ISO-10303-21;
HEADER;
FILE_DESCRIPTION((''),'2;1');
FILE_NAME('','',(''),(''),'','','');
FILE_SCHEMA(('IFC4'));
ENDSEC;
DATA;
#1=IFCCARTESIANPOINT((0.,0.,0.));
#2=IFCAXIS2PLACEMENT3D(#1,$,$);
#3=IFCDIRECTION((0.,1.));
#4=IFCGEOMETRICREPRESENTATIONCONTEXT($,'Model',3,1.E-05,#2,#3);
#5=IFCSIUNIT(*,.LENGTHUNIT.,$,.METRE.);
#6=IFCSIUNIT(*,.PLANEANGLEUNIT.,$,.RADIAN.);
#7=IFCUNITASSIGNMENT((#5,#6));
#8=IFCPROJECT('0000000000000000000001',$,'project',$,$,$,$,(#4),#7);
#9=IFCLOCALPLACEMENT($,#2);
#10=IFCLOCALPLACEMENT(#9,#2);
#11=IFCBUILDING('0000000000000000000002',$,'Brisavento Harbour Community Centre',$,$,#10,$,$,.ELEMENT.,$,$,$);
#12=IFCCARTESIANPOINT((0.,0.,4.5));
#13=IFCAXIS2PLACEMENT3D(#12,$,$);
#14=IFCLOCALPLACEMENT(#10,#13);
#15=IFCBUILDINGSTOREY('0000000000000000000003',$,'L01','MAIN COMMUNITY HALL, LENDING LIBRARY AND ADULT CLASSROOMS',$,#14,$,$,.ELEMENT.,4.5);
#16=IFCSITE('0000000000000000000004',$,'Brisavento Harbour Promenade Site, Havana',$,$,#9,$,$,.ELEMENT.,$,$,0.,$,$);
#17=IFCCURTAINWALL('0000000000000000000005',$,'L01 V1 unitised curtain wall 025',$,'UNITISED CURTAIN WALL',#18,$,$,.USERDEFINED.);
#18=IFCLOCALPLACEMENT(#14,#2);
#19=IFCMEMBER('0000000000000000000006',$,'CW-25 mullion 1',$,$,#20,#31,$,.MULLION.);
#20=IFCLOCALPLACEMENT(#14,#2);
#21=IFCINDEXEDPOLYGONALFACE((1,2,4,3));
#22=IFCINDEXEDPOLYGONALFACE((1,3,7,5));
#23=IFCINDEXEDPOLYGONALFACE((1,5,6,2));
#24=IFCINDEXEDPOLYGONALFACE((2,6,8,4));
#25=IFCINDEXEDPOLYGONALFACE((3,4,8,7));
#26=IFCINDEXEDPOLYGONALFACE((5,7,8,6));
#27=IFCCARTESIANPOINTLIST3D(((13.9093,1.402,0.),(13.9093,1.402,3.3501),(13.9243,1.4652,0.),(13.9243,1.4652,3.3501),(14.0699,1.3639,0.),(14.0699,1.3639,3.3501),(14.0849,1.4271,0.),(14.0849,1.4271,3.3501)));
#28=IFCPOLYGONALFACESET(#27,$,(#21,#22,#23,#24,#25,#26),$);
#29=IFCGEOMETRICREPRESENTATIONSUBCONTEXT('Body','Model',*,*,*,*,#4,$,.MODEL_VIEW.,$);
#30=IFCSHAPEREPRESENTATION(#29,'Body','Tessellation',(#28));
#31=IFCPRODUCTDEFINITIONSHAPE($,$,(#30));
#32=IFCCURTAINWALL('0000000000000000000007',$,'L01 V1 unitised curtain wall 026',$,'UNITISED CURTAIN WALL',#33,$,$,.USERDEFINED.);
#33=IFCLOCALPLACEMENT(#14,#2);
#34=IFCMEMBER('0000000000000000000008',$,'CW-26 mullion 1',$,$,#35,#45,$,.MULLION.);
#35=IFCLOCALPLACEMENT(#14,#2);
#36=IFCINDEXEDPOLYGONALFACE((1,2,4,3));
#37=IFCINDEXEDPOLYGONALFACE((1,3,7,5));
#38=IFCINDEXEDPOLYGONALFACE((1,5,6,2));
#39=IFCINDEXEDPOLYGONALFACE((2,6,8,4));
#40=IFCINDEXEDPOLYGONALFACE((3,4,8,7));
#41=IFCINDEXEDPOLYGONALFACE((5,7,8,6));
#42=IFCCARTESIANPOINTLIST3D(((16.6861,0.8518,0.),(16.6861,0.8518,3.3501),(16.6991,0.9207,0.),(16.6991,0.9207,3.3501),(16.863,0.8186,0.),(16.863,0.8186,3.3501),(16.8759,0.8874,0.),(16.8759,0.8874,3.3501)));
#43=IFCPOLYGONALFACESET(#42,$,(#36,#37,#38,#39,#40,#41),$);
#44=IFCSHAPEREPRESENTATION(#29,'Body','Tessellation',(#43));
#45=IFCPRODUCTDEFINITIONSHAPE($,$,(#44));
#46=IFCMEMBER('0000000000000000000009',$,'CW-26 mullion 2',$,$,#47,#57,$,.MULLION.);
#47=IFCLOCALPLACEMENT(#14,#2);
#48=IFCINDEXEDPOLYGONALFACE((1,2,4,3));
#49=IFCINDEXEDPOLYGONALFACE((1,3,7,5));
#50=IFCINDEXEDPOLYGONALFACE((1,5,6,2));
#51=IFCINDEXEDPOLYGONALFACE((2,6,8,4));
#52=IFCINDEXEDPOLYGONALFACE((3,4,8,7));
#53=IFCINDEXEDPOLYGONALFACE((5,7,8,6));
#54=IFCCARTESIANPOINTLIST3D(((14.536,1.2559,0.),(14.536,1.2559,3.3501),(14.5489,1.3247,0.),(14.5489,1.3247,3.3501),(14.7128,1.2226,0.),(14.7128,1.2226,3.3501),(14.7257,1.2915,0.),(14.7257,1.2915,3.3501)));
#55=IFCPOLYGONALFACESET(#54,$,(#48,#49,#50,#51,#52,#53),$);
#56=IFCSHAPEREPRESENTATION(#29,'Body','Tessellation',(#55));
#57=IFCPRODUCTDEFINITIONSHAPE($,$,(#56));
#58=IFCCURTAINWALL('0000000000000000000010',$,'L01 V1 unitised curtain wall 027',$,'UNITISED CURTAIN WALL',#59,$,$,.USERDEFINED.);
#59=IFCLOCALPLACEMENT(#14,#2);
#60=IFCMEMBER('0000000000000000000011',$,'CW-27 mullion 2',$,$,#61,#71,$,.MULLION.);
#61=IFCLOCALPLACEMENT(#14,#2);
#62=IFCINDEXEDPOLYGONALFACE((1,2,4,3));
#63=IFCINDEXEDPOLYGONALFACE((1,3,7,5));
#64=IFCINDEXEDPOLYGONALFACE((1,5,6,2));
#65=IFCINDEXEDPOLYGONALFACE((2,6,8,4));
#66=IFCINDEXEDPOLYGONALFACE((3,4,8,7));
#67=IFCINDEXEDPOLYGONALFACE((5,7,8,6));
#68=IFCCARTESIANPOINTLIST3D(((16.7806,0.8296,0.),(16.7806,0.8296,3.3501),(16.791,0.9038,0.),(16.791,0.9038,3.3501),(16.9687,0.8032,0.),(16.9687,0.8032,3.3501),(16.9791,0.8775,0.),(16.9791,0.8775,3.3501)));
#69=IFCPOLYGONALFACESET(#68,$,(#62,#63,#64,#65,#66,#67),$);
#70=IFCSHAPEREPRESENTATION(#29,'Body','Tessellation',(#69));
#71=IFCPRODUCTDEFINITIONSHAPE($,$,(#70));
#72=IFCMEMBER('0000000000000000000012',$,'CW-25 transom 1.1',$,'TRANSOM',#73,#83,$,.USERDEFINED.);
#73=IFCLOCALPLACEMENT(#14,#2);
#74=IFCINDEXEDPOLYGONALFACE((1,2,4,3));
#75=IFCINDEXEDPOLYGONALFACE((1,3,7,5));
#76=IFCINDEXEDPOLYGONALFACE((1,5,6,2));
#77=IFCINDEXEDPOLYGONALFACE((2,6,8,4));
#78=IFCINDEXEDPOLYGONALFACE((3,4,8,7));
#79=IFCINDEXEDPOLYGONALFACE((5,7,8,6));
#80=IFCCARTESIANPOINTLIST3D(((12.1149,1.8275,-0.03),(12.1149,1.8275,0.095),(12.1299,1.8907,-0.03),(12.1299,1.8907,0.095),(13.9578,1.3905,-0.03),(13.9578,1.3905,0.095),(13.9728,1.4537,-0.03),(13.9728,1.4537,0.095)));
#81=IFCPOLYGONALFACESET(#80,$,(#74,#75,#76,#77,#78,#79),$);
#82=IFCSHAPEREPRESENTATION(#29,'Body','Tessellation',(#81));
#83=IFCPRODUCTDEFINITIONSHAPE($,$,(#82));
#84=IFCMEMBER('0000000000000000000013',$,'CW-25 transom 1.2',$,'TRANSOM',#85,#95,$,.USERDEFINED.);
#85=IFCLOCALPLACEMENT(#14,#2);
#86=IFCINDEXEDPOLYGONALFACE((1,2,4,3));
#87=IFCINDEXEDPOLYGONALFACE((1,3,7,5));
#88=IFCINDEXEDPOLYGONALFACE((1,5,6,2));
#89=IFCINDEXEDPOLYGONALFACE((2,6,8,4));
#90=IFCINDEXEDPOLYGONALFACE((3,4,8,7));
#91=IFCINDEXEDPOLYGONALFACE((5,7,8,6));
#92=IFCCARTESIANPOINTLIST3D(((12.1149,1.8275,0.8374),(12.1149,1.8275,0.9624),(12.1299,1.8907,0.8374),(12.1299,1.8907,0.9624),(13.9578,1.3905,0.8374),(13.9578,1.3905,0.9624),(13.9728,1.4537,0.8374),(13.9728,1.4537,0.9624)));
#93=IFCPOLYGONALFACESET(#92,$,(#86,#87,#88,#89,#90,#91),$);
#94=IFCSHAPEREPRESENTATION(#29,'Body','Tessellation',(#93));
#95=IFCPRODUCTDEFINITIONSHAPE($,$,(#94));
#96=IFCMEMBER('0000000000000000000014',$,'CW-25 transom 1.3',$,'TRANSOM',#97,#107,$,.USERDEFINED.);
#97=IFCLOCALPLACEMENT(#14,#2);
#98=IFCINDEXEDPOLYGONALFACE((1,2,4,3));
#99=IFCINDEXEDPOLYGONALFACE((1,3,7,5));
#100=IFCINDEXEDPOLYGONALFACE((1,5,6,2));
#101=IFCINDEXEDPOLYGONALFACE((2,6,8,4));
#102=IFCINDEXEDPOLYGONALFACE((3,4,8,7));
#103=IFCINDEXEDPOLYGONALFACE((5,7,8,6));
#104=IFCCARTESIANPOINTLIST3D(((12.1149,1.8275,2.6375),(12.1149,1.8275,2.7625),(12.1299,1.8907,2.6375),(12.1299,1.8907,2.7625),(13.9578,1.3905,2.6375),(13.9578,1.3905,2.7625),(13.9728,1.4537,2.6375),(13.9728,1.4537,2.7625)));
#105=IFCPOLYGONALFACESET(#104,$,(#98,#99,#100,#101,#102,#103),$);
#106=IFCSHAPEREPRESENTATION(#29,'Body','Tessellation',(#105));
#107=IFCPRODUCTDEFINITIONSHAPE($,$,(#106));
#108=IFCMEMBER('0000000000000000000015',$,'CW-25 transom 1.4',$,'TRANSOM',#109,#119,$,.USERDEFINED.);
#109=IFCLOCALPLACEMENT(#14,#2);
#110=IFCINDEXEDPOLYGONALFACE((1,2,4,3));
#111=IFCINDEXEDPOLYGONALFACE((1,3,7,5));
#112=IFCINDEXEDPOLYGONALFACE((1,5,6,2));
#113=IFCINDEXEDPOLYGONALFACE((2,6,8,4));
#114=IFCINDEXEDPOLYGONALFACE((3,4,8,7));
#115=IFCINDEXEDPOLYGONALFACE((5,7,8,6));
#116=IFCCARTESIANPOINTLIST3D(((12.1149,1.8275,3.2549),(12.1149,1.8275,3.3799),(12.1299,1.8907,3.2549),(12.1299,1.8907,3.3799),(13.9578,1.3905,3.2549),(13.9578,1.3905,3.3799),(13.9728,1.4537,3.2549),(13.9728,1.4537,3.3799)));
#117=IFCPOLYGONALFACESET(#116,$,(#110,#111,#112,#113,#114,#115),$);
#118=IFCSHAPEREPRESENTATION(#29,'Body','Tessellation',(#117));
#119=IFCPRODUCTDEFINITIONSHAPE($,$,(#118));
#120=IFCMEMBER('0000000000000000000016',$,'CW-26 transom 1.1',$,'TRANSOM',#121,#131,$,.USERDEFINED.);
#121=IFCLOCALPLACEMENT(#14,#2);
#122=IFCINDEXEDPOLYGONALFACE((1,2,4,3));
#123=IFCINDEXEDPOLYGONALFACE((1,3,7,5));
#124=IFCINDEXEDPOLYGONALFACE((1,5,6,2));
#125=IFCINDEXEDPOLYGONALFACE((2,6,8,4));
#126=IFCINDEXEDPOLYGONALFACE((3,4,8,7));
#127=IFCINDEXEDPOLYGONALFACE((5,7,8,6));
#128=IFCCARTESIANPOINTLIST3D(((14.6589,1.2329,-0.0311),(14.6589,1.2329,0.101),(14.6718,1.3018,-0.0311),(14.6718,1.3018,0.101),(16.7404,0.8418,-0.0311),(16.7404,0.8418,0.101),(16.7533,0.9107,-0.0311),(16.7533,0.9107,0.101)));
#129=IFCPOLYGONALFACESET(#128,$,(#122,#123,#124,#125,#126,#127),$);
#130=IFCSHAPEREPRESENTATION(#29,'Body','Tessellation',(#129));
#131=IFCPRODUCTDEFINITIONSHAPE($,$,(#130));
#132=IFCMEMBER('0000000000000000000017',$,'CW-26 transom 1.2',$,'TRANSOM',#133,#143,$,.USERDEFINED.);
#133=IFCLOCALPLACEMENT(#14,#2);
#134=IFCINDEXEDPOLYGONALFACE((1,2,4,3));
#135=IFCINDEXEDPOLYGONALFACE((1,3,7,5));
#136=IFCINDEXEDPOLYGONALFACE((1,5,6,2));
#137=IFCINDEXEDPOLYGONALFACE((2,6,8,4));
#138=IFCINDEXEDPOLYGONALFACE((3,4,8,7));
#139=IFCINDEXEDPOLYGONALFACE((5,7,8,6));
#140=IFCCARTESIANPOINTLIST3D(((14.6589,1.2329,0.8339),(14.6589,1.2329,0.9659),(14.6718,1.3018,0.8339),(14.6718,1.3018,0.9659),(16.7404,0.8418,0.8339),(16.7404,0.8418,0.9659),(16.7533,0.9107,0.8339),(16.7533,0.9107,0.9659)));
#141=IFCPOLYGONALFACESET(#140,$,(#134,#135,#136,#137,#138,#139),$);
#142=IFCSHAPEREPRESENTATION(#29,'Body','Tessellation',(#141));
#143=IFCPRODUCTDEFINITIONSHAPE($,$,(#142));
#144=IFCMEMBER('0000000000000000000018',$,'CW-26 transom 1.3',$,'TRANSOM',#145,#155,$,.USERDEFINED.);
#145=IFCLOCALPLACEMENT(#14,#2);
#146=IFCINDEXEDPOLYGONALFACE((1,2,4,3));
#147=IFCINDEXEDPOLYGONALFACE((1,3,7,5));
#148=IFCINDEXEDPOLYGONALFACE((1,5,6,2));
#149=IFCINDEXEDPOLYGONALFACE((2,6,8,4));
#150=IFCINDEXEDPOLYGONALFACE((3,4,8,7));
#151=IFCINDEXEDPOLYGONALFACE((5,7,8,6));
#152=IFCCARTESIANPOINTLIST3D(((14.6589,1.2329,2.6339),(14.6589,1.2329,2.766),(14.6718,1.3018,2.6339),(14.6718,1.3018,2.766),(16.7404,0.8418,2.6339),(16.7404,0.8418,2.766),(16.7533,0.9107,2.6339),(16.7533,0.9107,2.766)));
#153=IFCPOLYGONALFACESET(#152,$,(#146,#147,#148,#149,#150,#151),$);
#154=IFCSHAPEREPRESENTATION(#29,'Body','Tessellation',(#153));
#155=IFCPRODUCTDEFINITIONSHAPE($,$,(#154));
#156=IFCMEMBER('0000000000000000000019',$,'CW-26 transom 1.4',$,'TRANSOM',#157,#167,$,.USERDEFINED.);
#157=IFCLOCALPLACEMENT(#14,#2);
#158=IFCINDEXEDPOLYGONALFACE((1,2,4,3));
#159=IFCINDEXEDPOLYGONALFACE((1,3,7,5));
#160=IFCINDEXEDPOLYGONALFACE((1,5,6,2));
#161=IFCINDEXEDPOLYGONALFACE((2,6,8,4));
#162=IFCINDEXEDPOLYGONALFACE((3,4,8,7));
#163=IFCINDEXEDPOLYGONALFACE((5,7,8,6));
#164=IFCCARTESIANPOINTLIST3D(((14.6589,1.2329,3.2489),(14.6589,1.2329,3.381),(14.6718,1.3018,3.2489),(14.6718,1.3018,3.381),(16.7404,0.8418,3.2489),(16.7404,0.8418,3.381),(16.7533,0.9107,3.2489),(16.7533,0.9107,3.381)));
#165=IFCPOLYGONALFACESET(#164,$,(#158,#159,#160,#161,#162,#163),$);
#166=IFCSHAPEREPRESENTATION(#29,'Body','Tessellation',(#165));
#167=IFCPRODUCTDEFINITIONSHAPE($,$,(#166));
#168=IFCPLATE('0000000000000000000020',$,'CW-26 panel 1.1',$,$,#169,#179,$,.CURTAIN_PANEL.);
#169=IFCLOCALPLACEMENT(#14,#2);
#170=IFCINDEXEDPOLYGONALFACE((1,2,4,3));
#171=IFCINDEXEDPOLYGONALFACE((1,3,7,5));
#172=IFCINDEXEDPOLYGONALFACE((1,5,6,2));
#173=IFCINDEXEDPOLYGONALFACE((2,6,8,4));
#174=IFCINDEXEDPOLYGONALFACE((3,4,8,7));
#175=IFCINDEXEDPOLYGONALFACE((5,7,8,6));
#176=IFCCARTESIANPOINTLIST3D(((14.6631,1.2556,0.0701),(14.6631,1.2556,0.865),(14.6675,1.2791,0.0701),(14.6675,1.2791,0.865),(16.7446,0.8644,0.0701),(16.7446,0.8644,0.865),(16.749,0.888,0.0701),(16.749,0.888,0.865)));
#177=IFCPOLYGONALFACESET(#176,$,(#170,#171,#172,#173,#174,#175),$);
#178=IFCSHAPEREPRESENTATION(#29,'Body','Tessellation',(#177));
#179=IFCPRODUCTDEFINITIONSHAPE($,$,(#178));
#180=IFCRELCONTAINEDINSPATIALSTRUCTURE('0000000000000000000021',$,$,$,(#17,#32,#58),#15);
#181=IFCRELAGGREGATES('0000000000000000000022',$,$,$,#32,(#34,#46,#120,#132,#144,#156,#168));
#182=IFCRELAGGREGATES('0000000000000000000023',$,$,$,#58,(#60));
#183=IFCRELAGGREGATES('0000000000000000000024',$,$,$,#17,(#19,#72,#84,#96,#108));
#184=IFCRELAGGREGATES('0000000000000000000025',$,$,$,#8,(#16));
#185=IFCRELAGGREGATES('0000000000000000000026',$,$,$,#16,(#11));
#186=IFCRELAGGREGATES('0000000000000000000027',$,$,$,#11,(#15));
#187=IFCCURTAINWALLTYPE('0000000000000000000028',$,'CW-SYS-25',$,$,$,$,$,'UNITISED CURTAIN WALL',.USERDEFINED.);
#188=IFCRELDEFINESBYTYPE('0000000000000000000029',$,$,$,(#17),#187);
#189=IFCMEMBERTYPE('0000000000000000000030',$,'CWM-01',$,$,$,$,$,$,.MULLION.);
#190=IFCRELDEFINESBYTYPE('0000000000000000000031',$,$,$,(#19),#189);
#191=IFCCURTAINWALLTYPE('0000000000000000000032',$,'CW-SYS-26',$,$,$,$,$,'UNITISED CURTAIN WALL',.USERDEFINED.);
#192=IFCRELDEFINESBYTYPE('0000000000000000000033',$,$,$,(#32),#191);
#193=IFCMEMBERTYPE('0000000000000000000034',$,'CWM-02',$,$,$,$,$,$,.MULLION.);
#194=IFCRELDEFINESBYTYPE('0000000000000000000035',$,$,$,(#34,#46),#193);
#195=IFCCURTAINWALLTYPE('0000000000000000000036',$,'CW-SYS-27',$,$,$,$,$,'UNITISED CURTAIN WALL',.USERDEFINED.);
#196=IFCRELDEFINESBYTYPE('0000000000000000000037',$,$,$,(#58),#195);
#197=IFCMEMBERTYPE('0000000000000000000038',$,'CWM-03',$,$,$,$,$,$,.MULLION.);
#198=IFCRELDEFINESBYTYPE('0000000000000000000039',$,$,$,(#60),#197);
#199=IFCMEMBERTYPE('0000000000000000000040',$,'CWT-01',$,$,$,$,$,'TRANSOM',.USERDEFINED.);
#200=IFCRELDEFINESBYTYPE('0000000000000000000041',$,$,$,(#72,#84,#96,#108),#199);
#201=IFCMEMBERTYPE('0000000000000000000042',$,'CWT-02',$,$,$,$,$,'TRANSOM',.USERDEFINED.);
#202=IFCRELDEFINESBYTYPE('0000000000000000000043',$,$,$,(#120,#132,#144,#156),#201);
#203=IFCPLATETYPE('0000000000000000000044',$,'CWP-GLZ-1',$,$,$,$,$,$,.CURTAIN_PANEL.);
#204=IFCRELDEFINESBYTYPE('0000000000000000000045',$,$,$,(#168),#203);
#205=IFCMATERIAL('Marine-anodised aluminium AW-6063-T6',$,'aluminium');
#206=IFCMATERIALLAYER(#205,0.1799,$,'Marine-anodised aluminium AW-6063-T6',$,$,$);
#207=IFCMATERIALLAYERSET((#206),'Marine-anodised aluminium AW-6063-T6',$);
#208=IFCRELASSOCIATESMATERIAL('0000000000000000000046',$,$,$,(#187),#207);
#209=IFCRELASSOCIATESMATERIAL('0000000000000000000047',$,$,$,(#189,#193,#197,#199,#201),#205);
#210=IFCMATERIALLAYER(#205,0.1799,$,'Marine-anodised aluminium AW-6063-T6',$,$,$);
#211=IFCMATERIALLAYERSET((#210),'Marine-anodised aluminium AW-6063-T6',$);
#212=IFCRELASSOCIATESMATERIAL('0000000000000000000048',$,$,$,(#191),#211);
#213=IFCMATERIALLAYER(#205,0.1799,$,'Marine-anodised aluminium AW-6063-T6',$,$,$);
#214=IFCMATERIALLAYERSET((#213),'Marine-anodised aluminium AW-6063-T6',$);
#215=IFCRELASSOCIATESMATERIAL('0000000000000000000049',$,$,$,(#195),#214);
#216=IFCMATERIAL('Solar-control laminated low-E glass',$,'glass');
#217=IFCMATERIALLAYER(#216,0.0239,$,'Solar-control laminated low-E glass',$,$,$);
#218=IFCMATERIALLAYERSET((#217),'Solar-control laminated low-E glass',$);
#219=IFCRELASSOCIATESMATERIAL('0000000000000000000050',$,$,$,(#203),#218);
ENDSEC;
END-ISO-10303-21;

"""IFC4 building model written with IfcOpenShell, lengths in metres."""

from ifc_helpers import new_model, si_unit, direction, frame, origin, origin_2d, place, context, subcontext, project, spatial, rectangle, extrude, material, layer, layer_set, material_profile, profile_set, type_object, element, aggregate, save


model = new_model("IFC4")

# Units and contexts
model_context = context("Model", 3, precision=1e-05, world=origin(), true_north=direction((0.0, 1.0)))
body_context = subcontext(model_context, "Body", "Model", "MODEL_VIEW")
ifc_project = project(units=[si_unit("LENGTHUNIT", "METRE"), si_unit("PLANEANGLEUNIT", "RADIAN")], contexts=[model_context])

# Site, building, storey
site_placement = place(None, origin())
site = spatial("IfcSite", under=ifc_project, at=site_placement, Name="Brisavento Harbour Promenade Site, Havana", CompositionType="ELEMENT", RefElevation=0.0)
building_placement = place(site_placement, origin())
building = spatial("IfcBuilding", under=site, at=building_placement, Name="Brisavento Harbour Community Centre", CompositionType="ELEMENT")
storey_placement = place(building_placement, frame((0.0, 0.0, 4.5)))
storey = spatial("IfcBuildingStorey", under=building, at=storey_placement, Name="L01", Description="MAIN COMMUNITY HALL, LENDING LIBRARY AND ADULT CLASSROOMS", CompositionType="ELEMENT", Elevation=4.5)

# Curtain wall, member
ifc_material_1 = material(Name="Marine-anodised aluminium AW-6063-T6", Category="aluminium")
ifc_layer_1 = layer(ifc_material_1, 0.1799, Name="Marine-anodised aluminium AW-6063-T6")
ifc_layer_set_1 = layer_set([ifc_layer_1], Name="Marine-anodised aluminium AW-6063-T6")
curtain_wall_type_1 = type_object("IfcCurtainWallType", Name="CW-SYS-25", ElementType="UNITISED CURTAIN WALL", PredefinedType="USERDEFINED", material=ifc_layer_set_1)
curtain_wall_1_placement = place(storey_placement, origin())
curtain_wall_1 = element("IfcCurtainWall", 1, at=curtain_wall_1_placement, inside=storey, type_object=curtain_wall_type_1, Name="L01 V1 unitised curtain wall 025", ObjectType="UNITISED CURTAIN WALL", PredefinedType="USERDEFINED")
ifc_material_profile_1 = material_profile(ifc_material_1, rectangle(XDim=0.0649, YDim=0.165, at=origin_2d()), Name="Marine-anodised aluminium AW-6063-T6")
ifc_profile_set_1 = profile_set([ifc_material_profile_1], Name="Marine-anodised aluminium AW-6063-T6")
member_type_1 = type_object("IfcMemberType", Name="CWM-01", PredefinedType="MULLION", material=ifc_profile_set_1)
member_1_placement = place(storey_placement, frame((13.9971, 1.4146, 0.0), z_axis=(0.0, 0.0, 1.0), x_axis=(-0.230812, -0.972998, 0.0)))
member_1 = element("IfcMember", 2, at=member_1_placement, type_object=member_type_1, Name="CW-25 mullion 1", PredefinedType="MULLION", context=body_context, shape_type="SweptSolid", body=[
    extrude(rectangle(XDim=0.0649, YDim=0.165, at=origin_2d()), origin(), (0.0, 0.0, 1.0), 3.3501),
])

# Curtain wall, members
ifc_layer_2 = layer(ifc_material_1, 0.1799, Name="Marine-anodised aluminium AW-6063-T6")
ifc_layer_set_2 = layer_set([ifc_layer_2], Name="Marine-anodised aluminium AW-6063-T6")
curtain_wall_type_2 = type_object("IfcCurtainWallType", Name="CW-SYS-26", ElementType="UNITISED CURTAIN WALL", PredefinedType="USERDEFINED", material=ifc_layer_set_2)
curtain_wall_2_placement = place(storey_placement, origin())
curtain_wall_2 = element("IfcCurtainWall", 3, at=curtain_wall_2_placement, inside=storey, type_object=curtain_wall_type_2, Name="L01 V1 unitised curtain wall 026", ObjectType="UNITISED CURTAIN WALL", PredefinedType="USERDEFINED")
ifc_material_profile_2 = material_profile(ifc_material_1, rectangle(XDim=0.0701, YDim=0.1799, at=origin_2d()), Name="Marine-anodised aluminium AW-6063-T6")
ifc_profile_set_2 = profile_set([ifc_material_profile_2], Name="Marine-anodised aluminium AW-6063-T6")
member_type_2 = type_object("IfcMemberType", Name="CWM-02", PredefinedType="MULLION", material=ifc_profile_set_2)
member_2_placement = place(storey_placement, frame((16.781, 0.8696, 0.0), z_axis=(0.0, 0.0, 1.0), x_axis=(-0.18469, -0.982797, 0.0)))
member_2 = element("IfcMember", 4, at=member_2_placement, type_object=member_type_2, Name="CW-26 mullion 1", PredefinedType="MULLION", context=body_context, shape_type="SweptSolid", body=[
    extrude(rectangle(XDim=0.0701, YDim=0.1799, at=origin_2d()), origin(), (0.0, 0.0, 1.0), 3.3501),
])
member_3_placement = place(storey_placement, frame((14.6309, 1.2737, 0.0), z_axis=(0.0, 0.0, 1.0), x_axis=(-0.18469, -0.982797, 0.0)))
member_3 = element("IfcMember", 5, at=member_3_placement, type_object=member_type_2, Name="CW-26 mullion 2", PredefinedType="MULLION", context=body_context, shape_type="SweptSolid", body=[
    extrude(rectangle(XDim=0.0701, YDim=0.1799, at=origin_2d()), origin(), (0.0, 0.0, 1.0), 3.3501),
])

# Curtain wall, member
ifc_layer_3 = layer(ifc_material_1, 0.1799, Name="Marine-anodised aluminium AW-6063-T6")
ifc_layer_set_3 = layer_set([ifc_layer_3], Name="Marine-anodised aluminium AW-6063-T6")
curtain_wall_type_3 = type_object("IfcCurtainWallType", Name="CW-SYS-27", ElementType="UNITISED CURTAIN WALL", PredefinedType="USERDEFINED", material=ifc_layer_set_3)
curtain_wall_3_placement = place(storey_placement, origin())
curtain_wall_3 = element("IfcCurtainWall", 6, at=curtain_wall_3_placement, inside=storey, type_object=curtain_wall_type_3, Name="L01 V1 unitised curtain wall 027", ObjectType="UNITISED CURTAIN WALL", PredefinedType="USERDEFINED")
ifc_material_profile_3 = material_profile(ifc_material_1, rectangle(XDim=0.075, YDim=0.1899, at=origin_2d()), Name="Marine-anodised aluminium AW-6063-T6")
ifc_profile_set_3 = profile_set([ifc_material_profile_3], Name="Marine-anodised aluminium AW-6063-T6")
member_type_3 = type_object("IfcMemberType", Name="CWM-03", PredefinedType="MULLION", material=ifc_profile_set_3)
member_4_placement = place(storey_placement, frame((16.8799, 0.8535, 0.0), z_axis=(0.0, 0.0, 1.0), x_axis=(-0.138477, -0.990366, 0.0)))
member_4 = element("IfcMember", 7, at=member_4_placement, type_object=member_type_3, Name="CW-27 mullion 2", PredefinedType="MULLION", context=body_context, shape_type="SweptSolid", body=[
    extrude(rectangle(XDim=0.075, YDim=0.1899, at=origin_2d()), origin(), (0.0, 0.0, 1.0), 3.3501),
])

# Members
ifc_material_profile_4 = material_profile(ifc_material_1, rectangle(XDim=0.0649, YDim=0.125, at=origin_2d()), Name="Marine-anodised aluminium AW-6063-T6")
ifc_profile_set_4 = profile_set([ifc_material_profile_4], Name="Marine-anodised aluminium AW-6063-T6")
member_type_4 = type_object("IfcMemberType", Name="CWT-01", ElementType="TRANSOM", PredefinedType="USERDEFINED", material=ifc_profile_set_4)
member_5_placement = place(storey_placement, frame((13.9653, 1.4221, 0.0325), z_axis=(-0.97302, 0.23072, 0.0), x_axis=(-0.23072, -0.97302, 0.0)))
member_5 = element("IfcMember", 8, at=member_5_placement, type_object=member_type_4, Name="CW-25 transom 1.1", ObjectType="TRANSOM", PredefinedType="USERDEFINED", context=body_context, shape_type="SweptSolid", body=[
    extrude(rectangle(XDim=0.0649, YDim=0.125, at=origin_2d()), origin(), (0.0, 0.0, 1.0), 1.894),
])
member_6_placement = place(storey_placement, frame((13.9653, 1.4221, 0.8999), z_axis=(-0.97302, 0.23072, 0.0), x_axis=(-0.23072, -0.97302, 0.0)))
member_6 = element("IfcMember", 9, at=member_6_placement, type_object=member_type_4, Name="CW-25 transom 1.2", ObjectType="TRANSOM", PredefinedType="USERDEFINED", context=body_context, shape_type="SweptSolid", body=[
    extrude(rectangle(XDim=0.0649, YDim=0.125, at=origin_2d()), origin(), (0.0, 0.0, 1.0), 1.894),
])
member_7_placement = place(storey_placement, frame((13.9653, 1.4221, 2.7), z_axis=(-0.97302, 0.23072, 0.0), x_axis=(-0.23072, -0.97302, 0.0)))
member_7 = element("IfcMember", 10, at=member_7_placement, type_object=member_type_4, Name="CW-25 transom 1.3", ObjectType="TRANSOM", PredefinedType="USERDEFINED", context=body_context, shape_type="SweptSolid", body=[
    extrude(rectangle(XDim=0.0649, YDim=0.125, at=origin_2d()), origin(), (0.0, 0.0, 1.0), 1.894),
])
member_8_placement = place(storey_placement, frame((13.9653, 1.4221, 3.3174), z_axis=(-0.97302, 0.23072, 0.0), x_axis=(-0.23072, -0.97302, 0.0)))
member_8 = element("IfcMember", 11, at=member_8_placement, type_object=member_type_4, Name="CW-25 transom 1.4", ObjectType="TRANSOM", PredefinedType="USERDEFINED", context=body_context, shape_type="SweptSolid", body=[
    extrude(rectangle(XDim=0.0649, YDim=0.125, at=origin_2d()), origin(), (0.0, 0.0, 1.0), 1.894),
])
ifc_material_profile_5 = material_profile(ifc_material_1, rectangle(XDim=0.0701, YDim=0.1321, at=origin_2d()), Name="Marine-anodised aluminium AW-6063-T6")
ifc_profile_set_5 = profile_set([ifc_material_profile_5], Name="Marine-anodised aluminium AW-6063-T6")
member_type_5 = type_object("IfcMemberType", Name="CWT-02", ElementType="TRANSOM", PredefinedType="USERDEFINED", material=ifc_profile_set_5)
member_9_placement = place(storey_placement, frame((16.7468, 0.8762, 0.0349), z_axis=(-0.982802, 0.184664, 0.0), x_axis=(-0.184664, -0.982802, 0.0)))
member_9 = element("IfcMember", 12, at=member_9_placement, type_object=member_type_5, Name="CW-26 transom 1.1", ObjectType="TRANSOM", PredefinedType="USERDEFINED", context=body_context, shape_type="SweptSolid", body=[
    extrude(rectangle(XDim=0.0701, YDim=0.1321, at=origin_2d()), origin(), (0.0, 0.0, 1.0), 2.1179),
])
member_10_placement = place(storey_placement, frame((16.7468, 0.8762, 0.8999), z_axis=(-0.982802, 0.184664, 0.0), x_axis=(-0.184664, -0.982802, 0.0)))
member_10 = element("IfcMember", 13, at=member_10_placement, type_object=member_type_5, Name="CW-26 transom 1.2", ObjectType="TRANSOM", PredefinedType="USERDEFINED", context=body_context, shape_type="SweptSolid", body=[
    extrude(rectangle(XDim=0.0701, YDim=0.1321, at=origin_2d()), origin(), (0.0, 0.0, 1.0), 2.1179),
])
member_11_placement = place(storey_placement, frame((16.7468, 0.8762, 2.7), z_axis=(-0.982802, 0.184664, 0.0), x_axis=(-0.184664, -0.982802, 0.0)))
member_11 = element("IfcMember", 14, at=member_11_placement, type_object=member_type_5, Name="CW-26 transom 1.3", ObjectType="TRANSOM", PredefinedType="USERDEFINED", context=body_context, shape_type="SweptSolid", body=[
    extrude(rectangle(XDim=0.0701, YDim=0.1321, at=origin_2d()), origin(), (0.0, 0.0, 1.0), 2.1179),
])
member_12_placement = place(storey_placement, frame((16.7468, 0.8762, 3.3149), z_axis=(-0.982802, 0.184664, 0.0), x_axis=(-0.184664, -0.982802, 0.0)))
member_12 = element("IfcMember", 15, at=member_12_placement, type_object=member_type_5, Name="CW-26 transom 1.4", ObjectType="TRANSOM", PredefinedType="USERDEFINED", context=body_context, shape_type="SweptSolid", body=[
    extrude(rectangle(XDim=0.0701, YDim=0.1321, at=origin_2d()), origin(), (0.0, 0.0, 1.0), 2.1179),
])

# Plate
ifc_material_2 = material(Name="Solar-control laminated low-E glass", Category="glass")
ifc_layer_4 = layer(ifc_material_2, 0.0239, Name="Solar-control laminated low-E glass")
ifc_layer_set_4 = layer_set([ifc_layer_4], Name="Solar-control laminated low-E glass")
plate_type_1 = type_object("IfcPlateType", Name="CWP-GLZ-1", PredefinedType="CURTAIN_PANEL", material=ifc_layer_set_4)
plate_1_placement = place(storey_placement, frame((15.7061, 1.0718, 0.0701), z_axis=(0.0, 0.0, 1.0), x_axis=(-0.982797, 0.18469, 0.0)))
plate_1 = element("IfcPlate", 16, at=plate_1_placement, type_object=plate_type_1, Name="CW-26 panel 1.1", PredefinedType="CURTAIN_PANEL", context=body_context, shape_type="SweptSolid", body=[
    extrude(rectangle(XDim=2.1179, YDim=0.0239, at=origin_2d()), origin(), (0.0, 0.0, 1.0), 0.7949),
])
aggregate(curtain_wall_2, [member_2, member_3, member_9, member_10, member_11, member_12, plate_1])
aggregate(curtain_wall_3, [member_4])
aggregate(curtain_wall_1, [member_1, member_5, member_6, member_7, member_8])

save(model, "model.ifc")
